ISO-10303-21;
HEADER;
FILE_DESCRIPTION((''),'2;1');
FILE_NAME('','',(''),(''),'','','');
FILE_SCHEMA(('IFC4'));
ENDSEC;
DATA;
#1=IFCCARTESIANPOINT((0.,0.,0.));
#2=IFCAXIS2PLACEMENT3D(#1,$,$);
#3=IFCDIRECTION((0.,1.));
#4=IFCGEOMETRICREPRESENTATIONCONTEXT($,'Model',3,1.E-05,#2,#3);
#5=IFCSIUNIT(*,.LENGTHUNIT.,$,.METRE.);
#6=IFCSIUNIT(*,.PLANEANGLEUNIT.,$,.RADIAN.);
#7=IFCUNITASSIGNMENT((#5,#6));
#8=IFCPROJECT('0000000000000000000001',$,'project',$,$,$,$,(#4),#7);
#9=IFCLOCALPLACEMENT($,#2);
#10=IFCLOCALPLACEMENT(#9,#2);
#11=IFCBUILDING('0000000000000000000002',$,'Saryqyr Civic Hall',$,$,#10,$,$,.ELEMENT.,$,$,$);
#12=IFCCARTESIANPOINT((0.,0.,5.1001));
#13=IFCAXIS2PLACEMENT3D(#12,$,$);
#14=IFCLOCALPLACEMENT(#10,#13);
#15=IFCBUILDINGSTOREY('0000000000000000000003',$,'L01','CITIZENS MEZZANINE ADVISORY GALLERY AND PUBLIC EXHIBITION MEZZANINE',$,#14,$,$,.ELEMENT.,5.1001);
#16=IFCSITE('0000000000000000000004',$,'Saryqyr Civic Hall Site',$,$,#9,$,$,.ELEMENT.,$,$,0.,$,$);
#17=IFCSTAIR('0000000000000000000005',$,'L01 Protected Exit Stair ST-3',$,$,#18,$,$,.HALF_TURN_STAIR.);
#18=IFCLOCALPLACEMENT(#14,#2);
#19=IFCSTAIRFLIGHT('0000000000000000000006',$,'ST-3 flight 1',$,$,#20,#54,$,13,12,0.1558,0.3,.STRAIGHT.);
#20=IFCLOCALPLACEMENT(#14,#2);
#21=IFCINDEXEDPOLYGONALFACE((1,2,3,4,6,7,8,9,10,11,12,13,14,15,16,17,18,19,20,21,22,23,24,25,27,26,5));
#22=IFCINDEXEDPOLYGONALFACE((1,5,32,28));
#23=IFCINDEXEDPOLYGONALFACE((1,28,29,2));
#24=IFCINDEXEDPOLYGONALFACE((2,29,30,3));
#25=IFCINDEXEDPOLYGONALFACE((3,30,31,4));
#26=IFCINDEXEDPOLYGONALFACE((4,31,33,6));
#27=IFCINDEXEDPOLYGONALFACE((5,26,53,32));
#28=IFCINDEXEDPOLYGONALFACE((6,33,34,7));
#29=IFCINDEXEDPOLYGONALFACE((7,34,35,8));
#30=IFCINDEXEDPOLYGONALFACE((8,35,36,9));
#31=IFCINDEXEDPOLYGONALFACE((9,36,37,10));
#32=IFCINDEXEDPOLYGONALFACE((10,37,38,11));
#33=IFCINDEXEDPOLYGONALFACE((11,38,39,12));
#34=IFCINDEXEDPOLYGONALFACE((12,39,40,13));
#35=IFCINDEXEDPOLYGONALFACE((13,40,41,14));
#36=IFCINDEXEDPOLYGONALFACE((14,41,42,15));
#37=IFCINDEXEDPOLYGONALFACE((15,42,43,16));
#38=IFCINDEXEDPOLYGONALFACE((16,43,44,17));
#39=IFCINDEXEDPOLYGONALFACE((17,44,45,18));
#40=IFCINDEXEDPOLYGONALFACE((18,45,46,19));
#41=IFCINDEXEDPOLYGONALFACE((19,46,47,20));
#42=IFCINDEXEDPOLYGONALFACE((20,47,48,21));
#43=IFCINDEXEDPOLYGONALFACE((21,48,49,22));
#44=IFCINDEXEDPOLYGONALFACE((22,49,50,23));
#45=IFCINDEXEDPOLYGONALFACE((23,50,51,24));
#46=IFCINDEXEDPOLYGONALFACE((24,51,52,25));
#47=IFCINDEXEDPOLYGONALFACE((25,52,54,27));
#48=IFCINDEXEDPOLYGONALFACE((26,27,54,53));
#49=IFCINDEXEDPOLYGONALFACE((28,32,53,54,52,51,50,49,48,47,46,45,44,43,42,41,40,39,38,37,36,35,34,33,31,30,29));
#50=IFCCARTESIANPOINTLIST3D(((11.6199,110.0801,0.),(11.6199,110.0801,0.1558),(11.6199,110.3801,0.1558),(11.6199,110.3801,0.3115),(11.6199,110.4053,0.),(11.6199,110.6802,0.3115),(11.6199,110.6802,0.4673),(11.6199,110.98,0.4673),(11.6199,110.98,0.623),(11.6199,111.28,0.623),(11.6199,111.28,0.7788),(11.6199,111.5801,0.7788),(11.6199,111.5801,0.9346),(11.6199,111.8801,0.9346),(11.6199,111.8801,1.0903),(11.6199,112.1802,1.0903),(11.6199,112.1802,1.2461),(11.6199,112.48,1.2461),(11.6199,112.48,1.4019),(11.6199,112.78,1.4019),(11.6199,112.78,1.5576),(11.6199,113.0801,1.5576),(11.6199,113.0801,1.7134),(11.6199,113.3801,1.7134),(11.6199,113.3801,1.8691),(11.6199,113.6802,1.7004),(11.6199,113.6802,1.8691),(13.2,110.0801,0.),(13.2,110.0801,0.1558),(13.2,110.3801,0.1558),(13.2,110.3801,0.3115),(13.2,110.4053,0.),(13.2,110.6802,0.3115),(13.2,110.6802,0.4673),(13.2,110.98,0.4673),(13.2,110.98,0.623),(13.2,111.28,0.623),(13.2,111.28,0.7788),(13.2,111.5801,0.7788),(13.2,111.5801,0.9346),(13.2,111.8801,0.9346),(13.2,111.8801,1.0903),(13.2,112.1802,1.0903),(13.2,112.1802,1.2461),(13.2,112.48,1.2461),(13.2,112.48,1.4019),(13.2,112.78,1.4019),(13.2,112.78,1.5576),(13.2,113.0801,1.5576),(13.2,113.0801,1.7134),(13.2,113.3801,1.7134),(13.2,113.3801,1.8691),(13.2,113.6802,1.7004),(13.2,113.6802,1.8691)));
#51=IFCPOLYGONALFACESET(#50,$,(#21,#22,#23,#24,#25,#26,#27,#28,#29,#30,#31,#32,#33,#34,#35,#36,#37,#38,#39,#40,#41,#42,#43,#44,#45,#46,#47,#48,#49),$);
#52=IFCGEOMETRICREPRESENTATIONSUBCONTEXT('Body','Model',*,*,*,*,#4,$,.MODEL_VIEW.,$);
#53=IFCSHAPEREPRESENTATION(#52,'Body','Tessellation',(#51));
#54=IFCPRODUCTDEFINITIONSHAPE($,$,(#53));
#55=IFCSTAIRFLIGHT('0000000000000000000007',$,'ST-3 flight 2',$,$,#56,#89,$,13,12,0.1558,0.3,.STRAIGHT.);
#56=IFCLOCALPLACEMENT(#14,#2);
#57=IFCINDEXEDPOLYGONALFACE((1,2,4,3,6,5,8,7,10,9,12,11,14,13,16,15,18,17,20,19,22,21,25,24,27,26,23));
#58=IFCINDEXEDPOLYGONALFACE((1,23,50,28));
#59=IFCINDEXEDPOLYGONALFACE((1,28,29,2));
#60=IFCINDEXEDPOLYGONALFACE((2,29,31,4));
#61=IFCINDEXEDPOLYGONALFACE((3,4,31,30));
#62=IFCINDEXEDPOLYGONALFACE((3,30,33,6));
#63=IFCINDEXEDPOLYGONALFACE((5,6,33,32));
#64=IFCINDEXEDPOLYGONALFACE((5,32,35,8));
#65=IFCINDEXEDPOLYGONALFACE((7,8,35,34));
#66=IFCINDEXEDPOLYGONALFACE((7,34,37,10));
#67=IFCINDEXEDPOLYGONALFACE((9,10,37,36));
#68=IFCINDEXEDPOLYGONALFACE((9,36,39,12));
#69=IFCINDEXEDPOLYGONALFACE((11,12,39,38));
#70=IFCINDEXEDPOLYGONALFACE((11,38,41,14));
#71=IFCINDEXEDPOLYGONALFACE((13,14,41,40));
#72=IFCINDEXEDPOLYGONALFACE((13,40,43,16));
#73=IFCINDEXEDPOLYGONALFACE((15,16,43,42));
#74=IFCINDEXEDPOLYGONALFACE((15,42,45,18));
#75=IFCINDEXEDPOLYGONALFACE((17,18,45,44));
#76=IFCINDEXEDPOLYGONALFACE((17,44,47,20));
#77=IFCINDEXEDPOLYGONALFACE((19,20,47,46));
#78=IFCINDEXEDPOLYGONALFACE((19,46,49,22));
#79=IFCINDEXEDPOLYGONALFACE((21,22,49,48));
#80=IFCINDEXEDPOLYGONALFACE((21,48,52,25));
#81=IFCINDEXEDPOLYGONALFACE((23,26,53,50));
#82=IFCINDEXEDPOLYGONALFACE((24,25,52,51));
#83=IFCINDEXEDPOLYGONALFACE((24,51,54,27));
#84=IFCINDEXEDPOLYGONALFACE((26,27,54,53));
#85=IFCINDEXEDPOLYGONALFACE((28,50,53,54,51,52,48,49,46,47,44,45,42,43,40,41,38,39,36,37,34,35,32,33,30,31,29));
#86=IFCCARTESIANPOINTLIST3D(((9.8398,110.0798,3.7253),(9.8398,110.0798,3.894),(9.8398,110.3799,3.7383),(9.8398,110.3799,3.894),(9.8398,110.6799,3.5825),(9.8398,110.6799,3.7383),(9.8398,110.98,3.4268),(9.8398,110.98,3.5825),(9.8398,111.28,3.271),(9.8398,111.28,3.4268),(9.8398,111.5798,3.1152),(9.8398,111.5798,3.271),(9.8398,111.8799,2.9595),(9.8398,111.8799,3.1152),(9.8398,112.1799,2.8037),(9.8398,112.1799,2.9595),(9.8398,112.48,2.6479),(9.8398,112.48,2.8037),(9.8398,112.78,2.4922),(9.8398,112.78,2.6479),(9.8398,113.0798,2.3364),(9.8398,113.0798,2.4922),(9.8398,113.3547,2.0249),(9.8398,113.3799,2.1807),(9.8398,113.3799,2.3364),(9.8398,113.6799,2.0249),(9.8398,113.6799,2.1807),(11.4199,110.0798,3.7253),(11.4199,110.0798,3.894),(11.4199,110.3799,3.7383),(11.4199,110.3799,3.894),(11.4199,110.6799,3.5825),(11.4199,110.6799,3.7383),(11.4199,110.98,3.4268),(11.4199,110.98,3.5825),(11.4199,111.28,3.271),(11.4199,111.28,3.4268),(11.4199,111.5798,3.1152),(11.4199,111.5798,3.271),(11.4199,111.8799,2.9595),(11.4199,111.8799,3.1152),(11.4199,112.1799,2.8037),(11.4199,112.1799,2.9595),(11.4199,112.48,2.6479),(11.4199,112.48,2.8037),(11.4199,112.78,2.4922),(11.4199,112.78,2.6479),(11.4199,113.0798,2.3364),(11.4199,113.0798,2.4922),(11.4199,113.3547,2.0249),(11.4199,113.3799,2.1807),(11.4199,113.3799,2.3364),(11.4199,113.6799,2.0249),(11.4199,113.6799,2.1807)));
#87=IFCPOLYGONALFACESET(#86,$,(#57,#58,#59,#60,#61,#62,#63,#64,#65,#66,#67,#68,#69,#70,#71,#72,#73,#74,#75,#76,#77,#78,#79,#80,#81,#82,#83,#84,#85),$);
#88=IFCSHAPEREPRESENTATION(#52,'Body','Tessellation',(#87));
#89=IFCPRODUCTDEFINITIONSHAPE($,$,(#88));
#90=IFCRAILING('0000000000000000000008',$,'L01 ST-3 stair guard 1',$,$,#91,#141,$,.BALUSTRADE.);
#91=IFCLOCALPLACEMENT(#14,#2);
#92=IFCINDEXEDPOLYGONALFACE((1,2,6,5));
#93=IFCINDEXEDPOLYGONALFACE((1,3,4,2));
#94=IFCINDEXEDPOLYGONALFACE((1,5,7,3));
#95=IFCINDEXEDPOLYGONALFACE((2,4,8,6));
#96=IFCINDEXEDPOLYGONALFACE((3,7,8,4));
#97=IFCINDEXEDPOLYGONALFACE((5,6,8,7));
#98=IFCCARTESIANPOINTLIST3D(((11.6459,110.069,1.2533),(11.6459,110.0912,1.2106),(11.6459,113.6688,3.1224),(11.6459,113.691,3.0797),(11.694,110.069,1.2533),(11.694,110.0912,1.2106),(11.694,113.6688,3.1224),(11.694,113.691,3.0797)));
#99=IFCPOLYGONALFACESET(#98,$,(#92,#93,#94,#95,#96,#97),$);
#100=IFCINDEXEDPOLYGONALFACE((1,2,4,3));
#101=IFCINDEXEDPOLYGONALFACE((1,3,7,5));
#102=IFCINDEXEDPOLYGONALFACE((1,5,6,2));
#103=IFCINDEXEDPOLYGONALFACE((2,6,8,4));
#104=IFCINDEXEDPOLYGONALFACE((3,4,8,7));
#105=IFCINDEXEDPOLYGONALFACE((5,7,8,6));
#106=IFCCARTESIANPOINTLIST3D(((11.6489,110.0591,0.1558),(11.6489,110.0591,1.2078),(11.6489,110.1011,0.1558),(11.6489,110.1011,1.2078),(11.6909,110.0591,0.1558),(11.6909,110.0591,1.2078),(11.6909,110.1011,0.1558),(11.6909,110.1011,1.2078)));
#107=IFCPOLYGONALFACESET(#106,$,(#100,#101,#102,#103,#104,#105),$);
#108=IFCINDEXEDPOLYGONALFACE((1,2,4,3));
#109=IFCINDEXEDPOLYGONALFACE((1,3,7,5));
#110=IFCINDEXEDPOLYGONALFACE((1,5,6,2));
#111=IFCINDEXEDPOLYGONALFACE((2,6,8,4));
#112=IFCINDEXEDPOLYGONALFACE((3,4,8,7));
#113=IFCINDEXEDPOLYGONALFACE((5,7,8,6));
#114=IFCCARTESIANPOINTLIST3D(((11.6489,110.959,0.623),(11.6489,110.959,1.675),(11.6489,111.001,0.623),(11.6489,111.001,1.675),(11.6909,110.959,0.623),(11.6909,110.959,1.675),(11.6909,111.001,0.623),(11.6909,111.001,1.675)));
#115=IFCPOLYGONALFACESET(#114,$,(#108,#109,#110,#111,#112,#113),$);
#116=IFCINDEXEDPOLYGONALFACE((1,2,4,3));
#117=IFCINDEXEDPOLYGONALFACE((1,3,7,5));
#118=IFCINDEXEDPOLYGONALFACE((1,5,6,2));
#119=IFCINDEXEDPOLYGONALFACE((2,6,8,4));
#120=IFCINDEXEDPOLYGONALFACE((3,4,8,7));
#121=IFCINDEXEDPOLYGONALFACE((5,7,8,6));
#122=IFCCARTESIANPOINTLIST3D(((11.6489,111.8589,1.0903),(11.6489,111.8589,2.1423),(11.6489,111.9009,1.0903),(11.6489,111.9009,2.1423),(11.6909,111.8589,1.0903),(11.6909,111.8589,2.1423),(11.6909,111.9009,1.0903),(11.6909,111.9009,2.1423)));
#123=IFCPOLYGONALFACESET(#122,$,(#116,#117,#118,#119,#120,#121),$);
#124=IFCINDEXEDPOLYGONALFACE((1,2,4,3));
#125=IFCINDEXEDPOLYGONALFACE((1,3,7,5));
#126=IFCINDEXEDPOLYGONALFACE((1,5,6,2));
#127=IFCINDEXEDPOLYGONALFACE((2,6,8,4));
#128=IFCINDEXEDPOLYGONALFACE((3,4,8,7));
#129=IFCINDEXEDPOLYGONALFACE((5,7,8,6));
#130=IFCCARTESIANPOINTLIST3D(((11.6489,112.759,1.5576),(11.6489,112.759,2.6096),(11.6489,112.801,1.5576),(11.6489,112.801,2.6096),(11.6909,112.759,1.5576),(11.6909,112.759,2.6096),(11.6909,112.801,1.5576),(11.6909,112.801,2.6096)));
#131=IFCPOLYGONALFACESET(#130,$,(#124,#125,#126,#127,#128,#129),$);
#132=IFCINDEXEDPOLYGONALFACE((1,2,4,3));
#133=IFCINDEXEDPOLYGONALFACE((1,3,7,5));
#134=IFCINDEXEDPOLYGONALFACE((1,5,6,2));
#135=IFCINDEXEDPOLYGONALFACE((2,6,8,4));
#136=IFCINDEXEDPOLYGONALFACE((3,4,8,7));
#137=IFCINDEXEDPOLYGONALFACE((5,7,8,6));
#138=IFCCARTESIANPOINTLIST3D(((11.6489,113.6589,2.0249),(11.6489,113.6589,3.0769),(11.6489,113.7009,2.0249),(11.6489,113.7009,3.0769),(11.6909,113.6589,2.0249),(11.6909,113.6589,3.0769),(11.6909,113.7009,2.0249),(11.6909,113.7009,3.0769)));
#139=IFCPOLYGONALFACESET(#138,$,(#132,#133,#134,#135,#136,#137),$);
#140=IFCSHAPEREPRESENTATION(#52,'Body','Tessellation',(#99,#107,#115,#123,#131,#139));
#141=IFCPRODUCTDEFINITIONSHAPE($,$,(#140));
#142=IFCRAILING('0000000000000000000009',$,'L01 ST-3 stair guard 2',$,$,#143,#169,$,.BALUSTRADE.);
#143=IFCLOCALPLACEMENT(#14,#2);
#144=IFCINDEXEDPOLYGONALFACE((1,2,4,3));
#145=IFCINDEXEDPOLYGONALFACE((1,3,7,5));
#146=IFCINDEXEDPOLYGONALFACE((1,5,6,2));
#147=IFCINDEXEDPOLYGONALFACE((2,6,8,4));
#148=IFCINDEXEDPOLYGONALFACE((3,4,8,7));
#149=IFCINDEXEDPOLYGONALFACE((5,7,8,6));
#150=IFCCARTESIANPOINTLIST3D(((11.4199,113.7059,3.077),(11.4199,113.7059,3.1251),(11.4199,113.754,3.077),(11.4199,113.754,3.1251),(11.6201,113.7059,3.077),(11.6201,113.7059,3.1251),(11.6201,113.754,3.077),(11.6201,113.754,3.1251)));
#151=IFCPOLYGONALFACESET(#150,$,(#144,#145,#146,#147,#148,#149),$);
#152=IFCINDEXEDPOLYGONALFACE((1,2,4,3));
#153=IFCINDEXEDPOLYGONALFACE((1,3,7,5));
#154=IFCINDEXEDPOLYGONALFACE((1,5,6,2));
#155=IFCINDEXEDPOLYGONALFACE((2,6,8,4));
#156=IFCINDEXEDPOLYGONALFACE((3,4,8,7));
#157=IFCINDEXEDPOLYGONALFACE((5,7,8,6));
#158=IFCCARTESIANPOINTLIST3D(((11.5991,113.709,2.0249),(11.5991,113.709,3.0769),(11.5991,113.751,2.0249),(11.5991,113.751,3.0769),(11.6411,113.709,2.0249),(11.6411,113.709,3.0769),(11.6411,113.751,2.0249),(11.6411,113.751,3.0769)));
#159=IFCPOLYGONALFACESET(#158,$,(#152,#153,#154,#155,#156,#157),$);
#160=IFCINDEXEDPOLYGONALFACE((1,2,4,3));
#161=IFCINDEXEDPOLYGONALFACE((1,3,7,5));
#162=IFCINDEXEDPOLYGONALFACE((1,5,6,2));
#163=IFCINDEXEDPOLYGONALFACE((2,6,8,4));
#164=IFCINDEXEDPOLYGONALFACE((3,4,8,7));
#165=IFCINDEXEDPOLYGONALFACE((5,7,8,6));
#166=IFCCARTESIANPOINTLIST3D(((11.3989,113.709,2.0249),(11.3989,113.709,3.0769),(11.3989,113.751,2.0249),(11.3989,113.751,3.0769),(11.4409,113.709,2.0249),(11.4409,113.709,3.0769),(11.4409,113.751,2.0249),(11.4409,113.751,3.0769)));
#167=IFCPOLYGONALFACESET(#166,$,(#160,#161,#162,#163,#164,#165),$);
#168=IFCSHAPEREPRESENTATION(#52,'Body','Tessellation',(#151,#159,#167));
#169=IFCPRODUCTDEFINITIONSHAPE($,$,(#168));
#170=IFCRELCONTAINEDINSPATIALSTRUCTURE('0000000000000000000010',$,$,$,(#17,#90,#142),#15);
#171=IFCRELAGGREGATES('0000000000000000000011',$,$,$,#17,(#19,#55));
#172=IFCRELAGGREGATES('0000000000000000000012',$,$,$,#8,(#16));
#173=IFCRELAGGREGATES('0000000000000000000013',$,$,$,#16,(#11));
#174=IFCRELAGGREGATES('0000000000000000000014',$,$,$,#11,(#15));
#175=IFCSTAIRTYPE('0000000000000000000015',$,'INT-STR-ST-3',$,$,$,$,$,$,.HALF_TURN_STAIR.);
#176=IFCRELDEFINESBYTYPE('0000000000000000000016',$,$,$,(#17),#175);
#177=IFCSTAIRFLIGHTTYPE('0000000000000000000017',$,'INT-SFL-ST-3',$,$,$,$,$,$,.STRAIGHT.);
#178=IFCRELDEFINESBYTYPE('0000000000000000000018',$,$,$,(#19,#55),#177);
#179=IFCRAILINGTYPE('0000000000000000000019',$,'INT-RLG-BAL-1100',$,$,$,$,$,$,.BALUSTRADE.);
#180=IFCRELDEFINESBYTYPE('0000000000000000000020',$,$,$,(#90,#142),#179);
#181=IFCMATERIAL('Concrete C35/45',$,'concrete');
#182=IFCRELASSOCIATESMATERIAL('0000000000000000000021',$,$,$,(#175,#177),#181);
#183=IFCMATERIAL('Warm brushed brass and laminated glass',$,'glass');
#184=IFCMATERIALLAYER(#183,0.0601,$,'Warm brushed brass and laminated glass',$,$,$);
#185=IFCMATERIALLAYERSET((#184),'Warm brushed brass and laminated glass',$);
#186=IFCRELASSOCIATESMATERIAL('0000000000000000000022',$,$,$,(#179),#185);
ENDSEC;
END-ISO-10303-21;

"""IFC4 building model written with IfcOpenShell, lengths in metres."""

from ifc_helpers import new_model, si_unit, direction, frame, origin, origin_2d, place, context, subcontext, project, spatial, polyline, rectangle, outline, extrude, material, layer, layer_set, type_object, element, aggregate, save


model = new_model("IFC4")

# Units and contexts
model_context = context("Model", 3, precision=1e-05, world=origin(), true_north=direction((0.0, 1.0)))
body_context = subcontext(model_context, "Body", "Model", "MODEL_VIEW")
ifc_project = project(units=[si_unit("LENGTHUNIT", "METRE"), si_unit("PLANEANGLEUNIT", "RADIAN")], contexts=[model_context])

# Site, building, storey
site_placement = place(None, origin())
site = spatial("IfcSite", under=ifc_project, at=site_placement, Name="Saryqyr Civic Hall Site", CompositionType="ELEMENT", RefElevation=0.0)
building_placement = place(site_placement, origin())
building = spatial("IfcBuilding", under=site, at=building_placement, Name="Saryqyr Civic Hall", CompositionType="ELEMENT")
storey_placement = place(building_placement, frame((0.0, 0.0, 5.1001)))
storey = spatial("IfcBuildingStorey", under=building, at=storey_placement, Name="L01", Description="CITIZENS MEZZANINE ADVISORY GALLERY AND PUBLIC EXHIBITION MEZZANINE", CompositionType="ELEMENT", Elevation=5.1001)

# Shared definitions
ifc_material_1 = material(Name="Concrete C35/45", Category="concrete")

# Stair, stair flights
stair_type = type_object("IfcStairType", Name="INT-STR-ST-3", PredefinedType="HALF_TURN_STAIR", material=ifc_material_1)
stair_placement = place(storey_placement, origin())
stair = element("IfcStair", 1, at=stair_placement, inside=storey, type_object=stair_type, Name="L01 Protected Exit Stair ST-3", PredefinedType="HALF_TURN_STAIR")
stair_flight_type = type_object("IfcStairFlightType", Name="INT-SFL-ST-3", PredefinedType="STRAIGHT", material=ifc_material_1)
stair_flight_1_placement = place(storey_placement, frame((12.4099, 110.0801, 0.0), z_axis=(0.0, 0.0, 1.0), x_axis=(0.0, 1.0, 0.0)))
stair_flight_1 = element("IfcStairFlight", 2, at=stair_flight_1_placement, type_object=stair_flight_type, Name="ST-3 flight 1", NumberOfRisers=13, NumberOfTreads=12, PredefinedType="STRAIGHT", RiserHeight=0.1558, TreadLength=0.3, context=body_context, shape_type="SweptSolid", body=[
    extrude(outline(polyline([(0.0, 0.0), (0.0, 0.1558), (0.3, 0.1558), (0.3, 0.3115), (0.6001, 0.3115), (0.6001, 0.4673), (0.8999, 0.4673), (0.8999, 0.623), (1.2, 0.623), (1.2, 0.7788), (1.5, 0.7788), (1.5, 0.9346), (1.8, 0.9346), (1.8, 1.0903), (2.1001, 1.0903), (2.1001, 1.2461), (2.3999, 1.2461), (2.3999, 1.4019), (2.7, 1.4019), (2.7, 1.5576), (3.0, 1.5576), (3.0, 1.7134), (3.3, 1.7134), (3.3, 1.8691), (3.6001, 1.8691), (3.6001, 2.0249), (3.6001, 1.7004), (0.3252, 0.0), (0.0, 0.0)])), frame((0.0, 0.79, 0.0), z_axis=(0.0, -1.0, 0.0), x_axis=(1.0, 0.0, 0.0)), (0.0, 0.0, 1.0), 1.5801),
])
stair_flight_2_placement = place(storey_placement, frame((10.6299, 113.6799, 2.0249), z_axis=(0.0, 0.0, 1.0), x_axis=(0.0, -1.0, 0.0)))
stair_flight_2 = element("IfcStairFlight", 3, at=stair_flight_2_placement, type_object=stair_flight_type, Name="ST-3 flight 2", NumberOfRisers=13, NumberOfTreads=12, PredefinedType="STRAIGHT", RiserHeight=0.1558, TreadLength=0.3, context=body_context, shape_type="SweptSolid", body=[
    extrude(outline(polyline([(0.0, 0.0), (0.0, 0.1558), (0.3, 0.1558), (0.3, 0.3115), (0.6001, 0.3115), (0.6001, 0.4673), (0.8999, 0.4673), (0.8999, 0.623), (1.2, 0.623), (1.2, 0.7788), (1.5, 0.7788), (1.5, 0.9346), (1.8, 0.9346), (1.8, 1.0903), (2.1001, 1.0903), (2.1001, 1.2461), (2.3999, 1.2461), (2.3999, 1.4019), (2.7, 1.4019), (2.7, 1.5576), (3.0, 1.5576), (3.0, 1.7134), (3.3, 1.7134), (3.3, 1.8691), (3.6001, 1.8691), (3.6001, 2.0249), (3.6001, 1.7004), (0.3252, 0.0), (0.0, 0.0)])), frame((0.0, 0.79, 0.0), z_axis=(0.0, -1.0, 0.0), x_axis=(1.0, 0.0, 0.0)), (0.0, 0.0, 1.0), 1.5801),
])
aggregate(stair, [stair_flight_1, stair_flight_2])

# Railings
ifc_material_2 = material(Name="Warm brushed brass and laminated glass", Category="glass")
ifc_layer_1 = layer(ifc_material_2, 0.0601, Name="Warm brushed brass and laminated glass")
ifc_layer_set_1 = layer_set([ifc_layer_1], Name="Warm brushed brass and laminated glass")
railing_type_1 = type_object("IfcRailingType", Name="INT-RLG-BAL-1100", PredefinedType="BALUSTRADE", material=ifc_layer_set_1)
railing_1_placement = place(storey_placement, frame((11.6699, 110.0801, 0.1558)))
element("IfcRailing", 4, at=railing_1_placement, inside=storey, type_object=railing_type_1, Name="L01 ST-3 stair guard 1", PredefinedType="BALUSTRADE", context=body_context, shape_type="SweptSolid", body=[
    extrude(rectangle(XDim=0.0481, YDim=0.0481, at=origin_2d()), frame((0.0, 0.0, 1.0762), z_axis=(0.0, 0.887497, 0.460813), x_axis=(-1.0, 0.0, 0.0)), (0.0, 0.0, 1.0), 4.0562),
    extrude(rectangle(XDim=0.042, YDim=0.042, at=origin_2d()), origin(), (0.0, 0.0, 1.0), 1.052),
    extrude(rectangle(XDim=0.042, YDim=0.042, at=origin_2d()), frame((0.0, 0.8999, 0.4673)), (0.0, 0.0, 1.0), 1.052),
    extrude(rectangle(XDim=0.042, YDim=0.042, at=origin_2d()), frame((0.0, 1.7998, 0.9346)), (0.0, 0.0, 1.0), 1.052),
    extrude(rectangle(XDim=0.042, YDim=0.042, at=origin_2d()), frame((0.0, 2.7, 1.4019)), (0.0, 0.0, 1.0), 1.052),
    extrude(rectangle(XDim=0.042, YDim=0.042, at=origin_2d()), frame((0.0, 3.5999, 1.8691)), (0.0, 0.0, 1.0), 1.052),
])
railing_2_placement = place(storey_placement, frame((11.6201, 113.73, 2.0249)))
element("IfcRailing", 5, at=railing_2_placement, inside=storey, type_object=railing_type_1, Name="L01 ST-3 stair guard 2", PredefinedType="BALUSTRADE", context=body_context, shape_type="SweptSolid", body=[
    extrude(rectangle(XDim=0.0481, YDim=0.0481, at=origin_2d()), frame((0.0, 0.0, 1.0762), z_axis=(-1.0, 0.0, 0.0), x_axis=(0.0, -1.0, 0.0)), (0.0, 0.0, 1.0), 0.2002),
    extrude(rectangle(XDim=0.042, YDim=0.042, at=origin_2d()), origin(), (0.0, 0.0, 1.0), 1.052),
    extrude(rectangle(XDim=0.042, YDim=0.042, at=origin_2d()), frame((-0.2002, 0.0, 0.0)), (0.0, 0.0, 1.0), 1.052),
])

save(model, "model.ifc")
